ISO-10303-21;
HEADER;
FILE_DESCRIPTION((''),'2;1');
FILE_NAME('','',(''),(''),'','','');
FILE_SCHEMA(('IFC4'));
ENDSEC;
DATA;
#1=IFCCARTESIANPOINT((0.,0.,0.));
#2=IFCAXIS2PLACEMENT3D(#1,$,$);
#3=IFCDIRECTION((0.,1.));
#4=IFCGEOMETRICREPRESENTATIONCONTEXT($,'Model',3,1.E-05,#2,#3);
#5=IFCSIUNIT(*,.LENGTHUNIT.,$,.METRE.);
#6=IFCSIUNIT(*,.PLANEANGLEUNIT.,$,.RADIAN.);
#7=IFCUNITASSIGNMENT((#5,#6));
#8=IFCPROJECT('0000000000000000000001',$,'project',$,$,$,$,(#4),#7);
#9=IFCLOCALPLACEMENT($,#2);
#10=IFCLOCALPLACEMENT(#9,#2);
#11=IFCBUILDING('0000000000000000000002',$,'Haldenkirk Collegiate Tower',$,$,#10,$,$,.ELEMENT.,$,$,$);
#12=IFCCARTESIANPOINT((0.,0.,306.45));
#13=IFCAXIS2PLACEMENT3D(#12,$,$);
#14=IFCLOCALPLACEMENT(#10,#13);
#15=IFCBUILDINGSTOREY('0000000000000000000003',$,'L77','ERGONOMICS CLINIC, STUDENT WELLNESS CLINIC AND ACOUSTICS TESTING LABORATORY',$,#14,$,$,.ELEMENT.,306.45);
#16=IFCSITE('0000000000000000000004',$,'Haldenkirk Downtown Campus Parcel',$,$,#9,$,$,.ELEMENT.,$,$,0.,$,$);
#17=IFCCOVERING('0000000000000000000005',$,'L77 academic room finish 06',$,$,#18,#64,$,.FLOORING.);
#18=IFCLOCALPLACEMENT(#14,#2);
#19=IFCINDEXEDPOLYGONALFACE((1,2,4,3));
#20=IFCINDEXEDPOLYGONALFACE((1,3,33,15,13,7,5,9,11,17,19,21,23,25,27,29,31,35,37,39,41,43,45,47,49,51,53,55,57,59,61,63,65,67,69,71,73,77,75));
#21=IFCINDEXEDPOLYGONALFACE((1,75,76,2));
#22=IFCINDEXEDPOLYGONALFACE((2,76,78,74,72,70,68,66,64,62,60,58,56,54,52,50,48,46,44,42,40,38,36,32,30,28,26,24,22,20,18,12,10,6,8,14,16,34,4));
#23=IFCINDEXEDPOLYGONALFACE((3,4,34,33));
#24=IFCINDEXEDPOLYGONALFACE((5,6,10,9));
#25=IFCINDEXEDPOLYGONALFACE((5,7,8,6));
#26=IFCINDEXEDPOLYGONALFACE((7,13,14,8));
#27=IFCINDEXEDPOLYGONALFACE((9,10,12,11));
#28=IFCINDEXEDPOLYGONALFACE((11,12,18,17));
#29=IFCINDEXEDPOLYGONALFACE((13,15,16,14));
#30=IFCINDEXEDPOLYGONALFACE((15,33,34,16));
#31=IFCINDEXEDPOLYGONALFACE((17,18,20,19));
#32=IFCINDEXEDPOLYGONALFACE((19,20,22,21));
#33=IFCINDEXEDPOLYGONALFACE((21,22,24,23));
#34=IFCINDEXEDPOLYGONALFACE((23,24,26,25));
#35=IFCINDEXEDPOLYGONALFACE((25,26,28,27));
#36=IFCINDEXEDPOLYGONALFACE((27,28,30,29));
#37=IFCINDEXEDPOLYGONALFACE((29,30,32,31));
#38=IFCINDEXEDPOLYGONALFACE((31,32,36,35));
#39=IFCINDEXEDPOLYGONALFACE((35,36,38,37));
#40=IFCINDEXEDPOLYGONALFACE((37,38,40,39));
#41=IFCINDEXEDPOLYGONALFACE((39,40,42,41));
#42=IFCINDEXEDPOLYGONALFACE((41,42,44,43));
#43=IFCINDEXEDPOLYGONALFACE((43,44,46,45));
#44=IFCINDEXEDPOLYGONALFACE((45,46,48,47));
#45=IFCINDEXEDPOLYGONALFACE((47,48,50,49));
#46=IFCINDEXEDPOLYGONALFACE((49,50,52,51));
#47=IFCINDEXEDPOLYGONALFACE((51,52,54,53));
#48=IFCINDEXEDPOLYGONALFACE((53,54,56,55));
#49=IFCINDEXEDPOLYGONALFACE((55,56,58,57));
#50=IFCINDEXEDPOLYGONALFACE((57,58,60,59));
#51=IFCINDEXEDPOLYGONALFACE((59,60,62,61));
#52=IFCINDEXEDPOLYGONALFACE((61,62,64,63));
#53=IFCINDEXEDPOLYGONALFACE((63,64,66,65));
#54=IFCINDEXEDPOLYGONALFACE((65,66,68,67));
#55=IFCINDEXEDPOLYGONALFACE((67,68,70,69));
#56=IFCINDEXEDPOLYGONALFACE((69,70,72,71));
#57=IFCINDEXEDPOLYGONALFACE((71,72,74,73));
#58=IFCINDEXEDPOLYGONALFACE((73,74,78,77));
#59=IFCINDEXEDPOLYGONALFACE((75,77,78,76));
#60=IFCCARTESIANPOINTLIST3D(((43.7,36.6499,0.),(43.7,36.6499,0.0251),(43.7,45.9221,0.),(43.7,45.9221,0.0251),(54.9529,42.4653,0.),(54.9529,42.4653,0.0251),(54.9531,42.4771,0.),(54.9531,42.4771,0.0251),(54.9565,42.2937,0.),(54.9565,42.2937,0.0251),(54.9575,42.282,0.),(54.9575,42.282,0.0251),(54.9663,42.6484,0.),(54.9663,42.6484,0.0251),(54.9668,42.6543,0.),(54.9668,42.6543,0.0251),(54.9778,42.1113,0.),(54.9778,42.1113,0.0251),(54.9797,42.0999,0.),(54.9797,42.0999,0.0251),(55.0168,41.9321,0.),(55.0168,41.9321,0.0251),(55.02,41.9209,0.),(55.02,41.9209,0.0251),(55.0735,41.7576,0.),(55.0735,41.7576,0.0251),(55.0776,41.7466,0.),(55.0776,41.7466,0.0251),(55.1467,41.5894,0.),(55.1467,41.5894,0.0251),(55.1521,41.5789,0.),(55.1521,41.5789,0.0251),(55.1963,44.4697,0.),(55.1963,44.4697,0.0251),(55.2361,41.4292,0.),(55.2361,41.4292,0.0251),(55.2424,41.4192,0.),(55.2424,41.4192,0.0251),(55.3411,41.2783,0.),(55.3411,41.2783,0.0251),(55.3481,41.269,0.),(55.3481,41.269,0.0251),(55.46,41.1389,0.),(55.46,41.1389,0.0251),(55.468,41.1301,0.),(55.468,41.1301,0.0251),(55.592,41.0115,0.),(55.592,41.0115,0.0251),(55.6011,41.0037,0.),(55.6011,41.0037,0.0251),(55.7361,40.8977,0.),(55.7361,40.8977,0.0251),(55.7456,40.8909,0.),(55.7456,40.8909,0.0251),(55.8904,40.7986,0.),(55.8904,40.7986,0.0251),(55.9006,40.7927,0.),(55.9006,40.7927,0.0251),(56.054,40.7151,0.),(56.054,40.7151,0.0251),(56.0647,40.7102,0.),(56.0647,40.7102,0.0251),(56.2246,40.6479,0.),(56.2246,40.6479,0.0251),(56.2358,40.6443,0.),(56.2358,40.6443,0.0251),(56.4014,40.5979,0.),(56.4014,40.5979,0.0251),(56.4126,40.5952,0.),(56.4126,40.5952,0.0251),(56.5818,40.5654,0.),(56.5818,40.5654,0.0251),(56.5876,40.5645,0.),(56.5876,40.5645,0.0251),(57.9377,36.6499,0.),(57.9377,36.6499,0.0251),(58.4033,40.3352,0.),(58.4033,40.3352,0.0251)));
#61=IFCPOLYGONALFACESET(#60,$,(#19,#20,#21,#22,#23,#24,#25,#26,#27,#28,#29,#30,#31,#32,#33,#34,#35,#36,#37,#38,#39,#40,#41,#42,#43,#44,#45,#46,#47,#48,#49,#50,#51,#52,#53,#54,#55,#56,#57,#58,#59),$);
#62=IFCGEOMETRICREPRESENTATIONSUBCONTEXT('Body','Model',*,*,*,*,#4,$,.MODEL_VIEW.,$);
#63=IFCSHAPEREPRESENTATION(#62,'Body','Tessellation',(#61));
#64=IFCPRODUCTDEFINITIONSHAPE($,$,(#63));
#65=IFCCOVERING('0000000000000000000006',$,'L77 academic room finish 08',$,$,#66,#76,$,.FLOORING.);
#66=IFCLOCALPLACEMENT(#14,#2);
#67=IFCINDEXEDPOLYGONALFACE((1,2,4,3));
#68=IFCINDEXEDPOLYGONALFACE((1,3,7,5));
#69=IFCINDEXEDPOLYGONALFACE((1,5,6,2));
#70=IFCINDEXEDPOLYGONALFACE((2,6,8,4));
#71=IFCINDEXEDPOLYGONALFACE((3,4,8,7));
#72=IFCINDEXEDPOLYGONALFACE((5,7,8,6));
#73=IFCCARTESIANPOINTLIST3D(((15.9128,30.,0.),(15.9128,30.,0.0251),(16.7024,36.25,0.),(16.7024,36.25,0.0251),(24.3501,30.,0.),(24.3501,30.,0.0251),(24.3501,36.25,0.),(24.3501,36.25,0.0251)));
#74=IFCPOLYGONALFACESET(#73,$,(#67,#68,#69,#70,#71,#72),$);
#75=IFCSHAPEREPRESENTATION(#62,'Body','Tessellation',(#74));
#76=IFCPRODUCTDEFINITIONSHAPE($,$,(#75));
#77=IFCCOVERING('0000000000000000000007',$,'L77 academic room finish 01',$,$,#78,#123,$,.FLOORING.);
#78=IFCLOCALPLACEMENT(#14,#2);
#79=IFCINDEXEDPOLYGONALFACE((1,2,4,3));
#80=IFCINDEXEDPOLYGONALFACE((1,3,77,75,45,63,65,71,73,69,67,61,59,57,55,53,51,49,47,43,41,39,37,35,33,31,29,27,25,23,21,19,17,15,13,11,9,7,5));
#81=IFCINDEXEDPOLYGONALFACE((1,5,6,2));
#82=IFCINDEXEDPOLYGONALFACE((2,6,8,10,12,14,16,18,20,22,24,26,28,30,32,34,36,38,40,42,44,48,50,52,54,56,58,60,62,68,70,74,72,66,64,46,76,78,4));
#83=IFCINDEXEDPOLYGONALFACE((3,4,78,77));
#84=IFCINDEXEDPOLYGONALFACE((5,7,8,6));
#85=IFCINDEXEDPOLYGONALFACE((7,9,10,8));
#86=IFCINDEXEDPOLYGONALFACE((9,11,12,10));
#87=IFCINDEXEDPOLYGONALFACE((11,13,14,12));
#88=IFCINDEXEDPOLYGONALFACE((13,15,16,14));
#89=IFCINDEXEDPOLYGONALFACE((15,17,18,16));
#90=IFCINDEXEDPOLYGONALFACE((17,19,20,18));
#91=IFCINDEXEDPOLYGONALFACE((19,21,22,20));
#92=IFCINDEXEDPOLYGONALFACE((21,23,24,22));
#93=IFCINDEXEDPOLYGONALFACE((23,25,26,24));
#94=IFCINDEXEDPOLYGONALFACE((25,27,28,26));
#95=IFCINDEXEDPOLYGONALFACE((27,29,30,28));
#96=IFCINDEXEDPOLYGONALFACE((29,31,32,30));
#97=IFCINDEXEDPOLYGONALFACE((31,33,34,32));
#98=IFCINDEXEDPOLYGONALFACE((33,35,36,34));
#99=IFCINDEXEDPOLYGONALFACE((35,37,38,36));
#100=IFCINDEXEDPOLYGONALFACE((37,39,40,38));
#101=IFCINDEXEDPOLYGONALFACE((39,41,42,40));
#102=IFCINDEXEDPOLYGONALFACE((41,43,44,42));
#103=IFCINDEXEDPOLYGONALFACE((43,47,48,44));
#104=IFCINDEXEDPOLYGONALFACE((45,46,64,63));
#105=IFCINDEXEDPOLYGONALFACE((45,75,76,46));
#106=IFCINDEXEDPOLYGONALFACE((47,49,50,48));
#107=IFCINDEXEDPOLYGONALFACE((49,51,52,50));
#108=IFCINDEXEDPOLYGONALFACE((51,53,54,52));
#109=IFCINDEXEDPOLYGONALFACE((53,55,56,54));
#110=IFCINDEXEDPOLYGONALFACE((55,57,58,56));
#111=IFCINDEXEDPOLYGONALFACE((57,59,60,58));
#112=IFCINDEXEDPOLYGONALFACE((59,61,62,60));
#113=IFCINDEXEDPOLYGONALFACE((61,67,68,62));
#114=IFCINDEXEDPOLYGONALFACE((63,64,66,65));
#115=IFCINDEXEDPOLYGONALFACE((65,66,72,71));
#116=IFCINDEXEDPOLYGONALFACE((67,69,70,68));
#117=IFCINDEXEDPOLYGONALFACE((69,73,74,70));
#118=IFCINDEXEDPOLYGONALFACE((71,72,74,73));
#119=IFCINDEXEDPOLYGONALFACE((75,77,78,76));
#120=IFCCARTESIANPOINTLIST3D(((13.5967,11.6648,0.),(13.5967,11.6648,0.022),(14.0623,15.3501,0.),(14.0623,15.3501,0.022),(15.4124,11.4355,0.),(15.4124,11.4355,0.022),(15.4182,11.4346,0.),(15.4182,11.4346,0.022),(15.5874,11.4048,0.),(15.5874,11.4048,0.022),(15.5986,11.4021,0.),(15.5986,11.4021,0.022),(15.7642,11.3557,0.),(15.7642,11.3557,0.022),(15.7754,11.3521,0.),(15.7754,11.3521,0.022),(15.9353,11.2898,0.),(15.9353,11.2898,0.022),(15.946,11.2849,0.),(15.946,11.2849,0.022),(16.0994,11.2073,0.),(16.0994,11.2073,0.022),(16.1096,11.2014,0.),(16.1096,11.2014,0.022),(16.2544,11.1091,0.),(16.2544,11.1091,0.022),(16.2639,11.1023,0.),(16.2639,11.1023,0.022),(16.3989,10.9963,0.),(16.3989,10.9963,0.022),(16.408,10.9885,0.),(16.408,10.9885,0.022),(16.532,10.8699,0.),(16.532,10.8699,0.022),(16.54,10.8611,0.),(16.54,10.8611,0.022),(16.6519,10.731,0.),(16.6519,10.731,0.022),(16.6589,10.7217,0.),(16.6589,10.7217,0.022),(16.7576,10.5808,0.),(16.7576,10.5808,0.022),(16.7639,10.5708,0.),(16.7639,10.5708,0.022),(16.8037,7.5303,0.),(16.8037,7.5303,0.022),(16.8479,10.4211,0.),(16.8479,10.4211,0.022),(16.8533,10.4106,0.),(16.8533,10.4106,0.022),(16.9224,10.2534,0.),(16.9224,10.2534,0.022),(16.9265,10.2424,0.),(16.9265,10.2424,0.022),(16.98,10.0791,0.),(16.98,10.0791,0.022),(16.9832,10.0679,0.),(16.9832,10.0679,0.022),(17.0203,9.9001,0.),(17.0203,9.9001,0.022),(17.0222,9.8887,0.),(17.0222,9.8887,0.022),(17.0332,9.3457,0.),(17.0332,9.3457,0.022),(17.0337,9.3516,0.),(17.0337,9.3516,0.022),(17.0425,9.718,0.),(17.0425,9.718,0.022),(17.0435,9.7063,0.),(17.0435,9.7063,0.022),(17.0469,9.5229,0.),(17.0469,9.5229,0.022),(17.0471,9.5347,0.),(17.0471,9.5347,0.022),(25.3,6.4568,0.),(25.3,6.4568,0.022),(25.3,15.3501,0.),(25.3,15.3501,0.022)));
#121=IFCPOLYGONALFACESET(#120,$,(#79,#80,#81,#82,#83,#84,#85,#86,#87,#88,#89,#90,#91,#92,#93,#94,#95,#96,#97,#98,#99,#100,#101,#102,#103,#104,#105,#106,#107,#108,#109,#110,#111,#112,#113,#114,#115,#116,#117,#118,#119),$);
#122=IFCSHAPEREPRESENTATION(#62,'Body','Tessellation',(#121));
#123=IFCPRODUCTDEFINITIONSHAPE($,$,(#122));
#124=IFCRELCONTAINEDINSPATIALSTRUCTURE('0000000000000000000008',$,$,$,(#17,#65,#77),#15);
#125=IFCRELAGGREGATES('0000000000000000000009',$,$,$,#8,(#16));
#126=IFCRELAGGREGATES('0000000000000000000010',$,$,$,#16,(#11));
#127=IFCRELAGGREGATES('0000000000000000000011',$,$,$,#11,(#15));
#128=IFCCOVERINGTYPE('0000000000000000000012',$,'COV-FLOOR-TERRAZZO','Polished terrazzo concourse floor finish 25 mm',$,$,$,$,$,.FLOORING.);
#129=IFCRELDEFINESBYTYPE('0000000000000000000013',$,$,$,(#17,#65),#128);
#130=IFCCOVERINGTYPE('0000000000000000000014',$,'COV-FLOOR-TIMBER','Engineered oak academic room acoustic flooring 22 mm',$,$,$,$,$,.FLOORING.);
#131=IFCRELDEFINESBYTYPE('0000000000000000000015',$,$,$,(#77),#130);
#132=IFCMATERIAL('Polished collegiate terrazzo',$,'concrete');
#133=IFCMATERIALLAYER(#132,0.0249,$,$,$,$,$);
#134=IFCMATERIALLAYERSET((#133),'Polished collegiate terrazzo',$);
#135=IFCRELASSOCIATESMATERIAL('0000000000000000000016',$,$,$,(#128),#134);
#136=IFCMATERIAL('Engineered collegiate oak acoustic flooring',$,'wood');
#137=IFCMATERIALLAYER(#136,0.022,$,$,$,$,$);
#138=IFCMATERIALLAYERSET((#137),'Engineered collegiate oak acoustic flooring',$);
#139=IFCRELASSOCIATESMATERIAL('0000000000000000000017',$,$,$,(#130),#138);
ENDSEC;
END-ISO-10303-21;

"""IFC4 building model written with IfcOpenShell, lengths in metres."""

from ifc_helpers import new_model, si_unit, direction, frame, origin, place, context, subcontext, project, spatial, polyline, outline, extrude, material, layer, layer_set, type_object, element, save


model = new_model("IFC4")

# Units and contexts
model_context = context("Model", 3, precision=1e-05, world=origin(), true_north=direction((0.0, 1.0)))
body_context = subcontext(model_context, "Body", "Model", "MODEL_VIEW")
ifc_project = project(units=[si_unit("LENGTHUNIT", "METRE"), si_unit("PLANEANGLEUNIT", "RADIAN")], contexts=[model_context])

# Site, building, storey
site_placement = place(None, origin())
site = spatial("IfcSite", under=ifc_project, at=site_placement, Name="Haldenkirk Downtown Campus Parcel", CompositionType="ELEMENT", RefElevation=0.0)
building_placement = place(site_placement, origin())
building = spatial("IfcBuilding", under=site, at=building_placement, Name="Haldenkirk Collegiate Tower", CompositionType="ELEMENT")
storey_placement = place(building_placement, frame((0.0, 0.0, 306.45)))
storey = spatial("IfcBuildingStorey", under=building, at=storey_placement, Name="L77", Description="ERGONOMICS CLINIC, STUDENT WELLNESS CLINIC AND ACOUSTICS TESTING LABORATORY", CompositionType="ELEMENT", Elevation=306.45)

# Coverings
ifc_material_1 = material(Name="Polished collegiate terrazzo", Category="concrete")
ifc_layer_1 = layer(ifc_material_1, 0.0249)
ifc_layer_set_1 = layer_set([ifc_layer_1], Name="Polished collegiate terrazzo")
covering_type_1 = type_object("IfcCoveringType", Name="COV-FLOOR-TERRAZZO", Description="Polished terrazzo concourse floor finish 25 mm", PredefinedType="FLOORING", material=ifc_layer_set_1)
covering_1_placement = place(storey_placement, origin())
element("IfcCovering", 1, at=covering_1_placement, inside=storey, type_object=covering_type_1, Name="L77 academic room finish 06", PredefinedType="FLOORING", context=body_context, shape_type="SweptSolid", body=[
    extrude(outline(polyline([(55.1963, 44.4697), (54.9668, 42.6543), (54.9663, 42.6484), (54.9531, 42.4771), (54.9529, 42.4653), (54.9565, 42.2937), (54.9575, 42.282), (54.9778, 42.1113), (54.9797, 42.0999), (55.0168, 41.9321), (55.02, 41.9209), (55.0735, 41.7576), (55.0776, 41.7466), (55.1467, 41.5894), (55.1521, 41.5789), (55.2361, 41.4292), (55.2424, 41.4192), (55.3411, 41.2783), (55.3481, 41.269), (55.46, 41.1389), (55.468, 41.1301), (55.592, 41.0115), (55.6011, 41.0037), (55.7361, 40.8977), (55.7456, 40.8909), (55.8904, 40.7986), (55.9006, 40.7927), (56.054, 40.7151), (56.0647, 40.7102), (56.2246, 40.6479), (56.2358, 40.6443), (56.4014, 40.5979), (56.4126, 40.5952), (56.5818, 40.5654), (56.5876, 40.5645), (58.4033, 40.3352), (57.9377, 36.6499), (43.7, 36.6499), (43.7, 45.9221), (55.1963, 44.4697)])), origin(), (0.0, 0.0, 1.0), 0.0251),
])
covering_2_placement = place(storey_placement, origin())
element("IfcCovering", 2, at=covering_2_placement, inside=storey, type_object=covering_type_1, Name="L77 academic room finish 08", PredefinedType="FLOORING", context=body_context, shape_type="SweptSolid", body=[
    extrude(outline(polyline([(16.7024, 36.25), (24.3501, 36.25), (24.3501, 30.0), (15.9128, 30.0), (16.7024, 36.25)])), origin(), (0.0, 0.0, 1.0), 0.0251),
])
ifc_material_2 = material(Name="Engineered collegiate oak acoustic flooring", Category="wood")
ifc_layer_2 = layer(ifc_material_2, 0.022)
ifc_layer_set_2 = layer_set([ifc_layer_2], Name="Engineered collegiate oak acoustic flooring")
covering_type_2 = type_object("IfcCoveringType", Name="COV-FLOOR-TIMBER", Description="Engineered oak academic room acoustic flooring 22 mm", PredefinedType="FLOORING", material=ifc_layer_set_2)
covering_3_placement = place(storey_placement, origin())
element("IfcCovering", 3, at=covering_3_placement, inside=storey, type_object=covering_type_2, Name="L77 academic room finish 01", PredefinedType="FLOORING", context=body_context, shape_type="SweptSolid", body=[
    extrude(outline(polyline([(16.8037, 7.5303), (17.0332, 9.3457), (17.0337, 9.3516), (17.0469, 9.5229), (17.0471, 9.5347), (17.0435, 9.7063), (17.0425, 9.718), (17.0222, 9.8887), (17.0203, 9.9001), (16.9832, 10.0679), (16.98, 10.0791), (16.9265, 10.2424), (16.9224, 10.2534), (16.8533, 10.4106), (16.8479, 10.4211), (16.7639, 10.5708), (16.7576, 10.5808), (16.6589, 10.7217), (16.6519, 10.731), (16.54, 10.8611), (16.532, 10.8699), (16.408, 10.9885), (16.3989, 10.9963), (16.2639, 11.1023), (16.2544, 11.1091), (16.1096, 11.2014), (16.0994, 11.2073), (15.946, 11.2849), (15.9353, 11.2898), (15.7754, 11.3521), (15.7642, 11.3557), (15.5986, 11.4021), (15.5874, 11.4048), (15.4182, 11.4346), (15.4124, 11.4355), (13.5967, 11.6648), (14.0623, 15.3501), (25.3, 15.3501), (25.3, 6.4568), (16.8037, 7.5303)])), origin(), (0.0, 0.0, 1.0), 0.022),
])

save(model, "model.ifc")
